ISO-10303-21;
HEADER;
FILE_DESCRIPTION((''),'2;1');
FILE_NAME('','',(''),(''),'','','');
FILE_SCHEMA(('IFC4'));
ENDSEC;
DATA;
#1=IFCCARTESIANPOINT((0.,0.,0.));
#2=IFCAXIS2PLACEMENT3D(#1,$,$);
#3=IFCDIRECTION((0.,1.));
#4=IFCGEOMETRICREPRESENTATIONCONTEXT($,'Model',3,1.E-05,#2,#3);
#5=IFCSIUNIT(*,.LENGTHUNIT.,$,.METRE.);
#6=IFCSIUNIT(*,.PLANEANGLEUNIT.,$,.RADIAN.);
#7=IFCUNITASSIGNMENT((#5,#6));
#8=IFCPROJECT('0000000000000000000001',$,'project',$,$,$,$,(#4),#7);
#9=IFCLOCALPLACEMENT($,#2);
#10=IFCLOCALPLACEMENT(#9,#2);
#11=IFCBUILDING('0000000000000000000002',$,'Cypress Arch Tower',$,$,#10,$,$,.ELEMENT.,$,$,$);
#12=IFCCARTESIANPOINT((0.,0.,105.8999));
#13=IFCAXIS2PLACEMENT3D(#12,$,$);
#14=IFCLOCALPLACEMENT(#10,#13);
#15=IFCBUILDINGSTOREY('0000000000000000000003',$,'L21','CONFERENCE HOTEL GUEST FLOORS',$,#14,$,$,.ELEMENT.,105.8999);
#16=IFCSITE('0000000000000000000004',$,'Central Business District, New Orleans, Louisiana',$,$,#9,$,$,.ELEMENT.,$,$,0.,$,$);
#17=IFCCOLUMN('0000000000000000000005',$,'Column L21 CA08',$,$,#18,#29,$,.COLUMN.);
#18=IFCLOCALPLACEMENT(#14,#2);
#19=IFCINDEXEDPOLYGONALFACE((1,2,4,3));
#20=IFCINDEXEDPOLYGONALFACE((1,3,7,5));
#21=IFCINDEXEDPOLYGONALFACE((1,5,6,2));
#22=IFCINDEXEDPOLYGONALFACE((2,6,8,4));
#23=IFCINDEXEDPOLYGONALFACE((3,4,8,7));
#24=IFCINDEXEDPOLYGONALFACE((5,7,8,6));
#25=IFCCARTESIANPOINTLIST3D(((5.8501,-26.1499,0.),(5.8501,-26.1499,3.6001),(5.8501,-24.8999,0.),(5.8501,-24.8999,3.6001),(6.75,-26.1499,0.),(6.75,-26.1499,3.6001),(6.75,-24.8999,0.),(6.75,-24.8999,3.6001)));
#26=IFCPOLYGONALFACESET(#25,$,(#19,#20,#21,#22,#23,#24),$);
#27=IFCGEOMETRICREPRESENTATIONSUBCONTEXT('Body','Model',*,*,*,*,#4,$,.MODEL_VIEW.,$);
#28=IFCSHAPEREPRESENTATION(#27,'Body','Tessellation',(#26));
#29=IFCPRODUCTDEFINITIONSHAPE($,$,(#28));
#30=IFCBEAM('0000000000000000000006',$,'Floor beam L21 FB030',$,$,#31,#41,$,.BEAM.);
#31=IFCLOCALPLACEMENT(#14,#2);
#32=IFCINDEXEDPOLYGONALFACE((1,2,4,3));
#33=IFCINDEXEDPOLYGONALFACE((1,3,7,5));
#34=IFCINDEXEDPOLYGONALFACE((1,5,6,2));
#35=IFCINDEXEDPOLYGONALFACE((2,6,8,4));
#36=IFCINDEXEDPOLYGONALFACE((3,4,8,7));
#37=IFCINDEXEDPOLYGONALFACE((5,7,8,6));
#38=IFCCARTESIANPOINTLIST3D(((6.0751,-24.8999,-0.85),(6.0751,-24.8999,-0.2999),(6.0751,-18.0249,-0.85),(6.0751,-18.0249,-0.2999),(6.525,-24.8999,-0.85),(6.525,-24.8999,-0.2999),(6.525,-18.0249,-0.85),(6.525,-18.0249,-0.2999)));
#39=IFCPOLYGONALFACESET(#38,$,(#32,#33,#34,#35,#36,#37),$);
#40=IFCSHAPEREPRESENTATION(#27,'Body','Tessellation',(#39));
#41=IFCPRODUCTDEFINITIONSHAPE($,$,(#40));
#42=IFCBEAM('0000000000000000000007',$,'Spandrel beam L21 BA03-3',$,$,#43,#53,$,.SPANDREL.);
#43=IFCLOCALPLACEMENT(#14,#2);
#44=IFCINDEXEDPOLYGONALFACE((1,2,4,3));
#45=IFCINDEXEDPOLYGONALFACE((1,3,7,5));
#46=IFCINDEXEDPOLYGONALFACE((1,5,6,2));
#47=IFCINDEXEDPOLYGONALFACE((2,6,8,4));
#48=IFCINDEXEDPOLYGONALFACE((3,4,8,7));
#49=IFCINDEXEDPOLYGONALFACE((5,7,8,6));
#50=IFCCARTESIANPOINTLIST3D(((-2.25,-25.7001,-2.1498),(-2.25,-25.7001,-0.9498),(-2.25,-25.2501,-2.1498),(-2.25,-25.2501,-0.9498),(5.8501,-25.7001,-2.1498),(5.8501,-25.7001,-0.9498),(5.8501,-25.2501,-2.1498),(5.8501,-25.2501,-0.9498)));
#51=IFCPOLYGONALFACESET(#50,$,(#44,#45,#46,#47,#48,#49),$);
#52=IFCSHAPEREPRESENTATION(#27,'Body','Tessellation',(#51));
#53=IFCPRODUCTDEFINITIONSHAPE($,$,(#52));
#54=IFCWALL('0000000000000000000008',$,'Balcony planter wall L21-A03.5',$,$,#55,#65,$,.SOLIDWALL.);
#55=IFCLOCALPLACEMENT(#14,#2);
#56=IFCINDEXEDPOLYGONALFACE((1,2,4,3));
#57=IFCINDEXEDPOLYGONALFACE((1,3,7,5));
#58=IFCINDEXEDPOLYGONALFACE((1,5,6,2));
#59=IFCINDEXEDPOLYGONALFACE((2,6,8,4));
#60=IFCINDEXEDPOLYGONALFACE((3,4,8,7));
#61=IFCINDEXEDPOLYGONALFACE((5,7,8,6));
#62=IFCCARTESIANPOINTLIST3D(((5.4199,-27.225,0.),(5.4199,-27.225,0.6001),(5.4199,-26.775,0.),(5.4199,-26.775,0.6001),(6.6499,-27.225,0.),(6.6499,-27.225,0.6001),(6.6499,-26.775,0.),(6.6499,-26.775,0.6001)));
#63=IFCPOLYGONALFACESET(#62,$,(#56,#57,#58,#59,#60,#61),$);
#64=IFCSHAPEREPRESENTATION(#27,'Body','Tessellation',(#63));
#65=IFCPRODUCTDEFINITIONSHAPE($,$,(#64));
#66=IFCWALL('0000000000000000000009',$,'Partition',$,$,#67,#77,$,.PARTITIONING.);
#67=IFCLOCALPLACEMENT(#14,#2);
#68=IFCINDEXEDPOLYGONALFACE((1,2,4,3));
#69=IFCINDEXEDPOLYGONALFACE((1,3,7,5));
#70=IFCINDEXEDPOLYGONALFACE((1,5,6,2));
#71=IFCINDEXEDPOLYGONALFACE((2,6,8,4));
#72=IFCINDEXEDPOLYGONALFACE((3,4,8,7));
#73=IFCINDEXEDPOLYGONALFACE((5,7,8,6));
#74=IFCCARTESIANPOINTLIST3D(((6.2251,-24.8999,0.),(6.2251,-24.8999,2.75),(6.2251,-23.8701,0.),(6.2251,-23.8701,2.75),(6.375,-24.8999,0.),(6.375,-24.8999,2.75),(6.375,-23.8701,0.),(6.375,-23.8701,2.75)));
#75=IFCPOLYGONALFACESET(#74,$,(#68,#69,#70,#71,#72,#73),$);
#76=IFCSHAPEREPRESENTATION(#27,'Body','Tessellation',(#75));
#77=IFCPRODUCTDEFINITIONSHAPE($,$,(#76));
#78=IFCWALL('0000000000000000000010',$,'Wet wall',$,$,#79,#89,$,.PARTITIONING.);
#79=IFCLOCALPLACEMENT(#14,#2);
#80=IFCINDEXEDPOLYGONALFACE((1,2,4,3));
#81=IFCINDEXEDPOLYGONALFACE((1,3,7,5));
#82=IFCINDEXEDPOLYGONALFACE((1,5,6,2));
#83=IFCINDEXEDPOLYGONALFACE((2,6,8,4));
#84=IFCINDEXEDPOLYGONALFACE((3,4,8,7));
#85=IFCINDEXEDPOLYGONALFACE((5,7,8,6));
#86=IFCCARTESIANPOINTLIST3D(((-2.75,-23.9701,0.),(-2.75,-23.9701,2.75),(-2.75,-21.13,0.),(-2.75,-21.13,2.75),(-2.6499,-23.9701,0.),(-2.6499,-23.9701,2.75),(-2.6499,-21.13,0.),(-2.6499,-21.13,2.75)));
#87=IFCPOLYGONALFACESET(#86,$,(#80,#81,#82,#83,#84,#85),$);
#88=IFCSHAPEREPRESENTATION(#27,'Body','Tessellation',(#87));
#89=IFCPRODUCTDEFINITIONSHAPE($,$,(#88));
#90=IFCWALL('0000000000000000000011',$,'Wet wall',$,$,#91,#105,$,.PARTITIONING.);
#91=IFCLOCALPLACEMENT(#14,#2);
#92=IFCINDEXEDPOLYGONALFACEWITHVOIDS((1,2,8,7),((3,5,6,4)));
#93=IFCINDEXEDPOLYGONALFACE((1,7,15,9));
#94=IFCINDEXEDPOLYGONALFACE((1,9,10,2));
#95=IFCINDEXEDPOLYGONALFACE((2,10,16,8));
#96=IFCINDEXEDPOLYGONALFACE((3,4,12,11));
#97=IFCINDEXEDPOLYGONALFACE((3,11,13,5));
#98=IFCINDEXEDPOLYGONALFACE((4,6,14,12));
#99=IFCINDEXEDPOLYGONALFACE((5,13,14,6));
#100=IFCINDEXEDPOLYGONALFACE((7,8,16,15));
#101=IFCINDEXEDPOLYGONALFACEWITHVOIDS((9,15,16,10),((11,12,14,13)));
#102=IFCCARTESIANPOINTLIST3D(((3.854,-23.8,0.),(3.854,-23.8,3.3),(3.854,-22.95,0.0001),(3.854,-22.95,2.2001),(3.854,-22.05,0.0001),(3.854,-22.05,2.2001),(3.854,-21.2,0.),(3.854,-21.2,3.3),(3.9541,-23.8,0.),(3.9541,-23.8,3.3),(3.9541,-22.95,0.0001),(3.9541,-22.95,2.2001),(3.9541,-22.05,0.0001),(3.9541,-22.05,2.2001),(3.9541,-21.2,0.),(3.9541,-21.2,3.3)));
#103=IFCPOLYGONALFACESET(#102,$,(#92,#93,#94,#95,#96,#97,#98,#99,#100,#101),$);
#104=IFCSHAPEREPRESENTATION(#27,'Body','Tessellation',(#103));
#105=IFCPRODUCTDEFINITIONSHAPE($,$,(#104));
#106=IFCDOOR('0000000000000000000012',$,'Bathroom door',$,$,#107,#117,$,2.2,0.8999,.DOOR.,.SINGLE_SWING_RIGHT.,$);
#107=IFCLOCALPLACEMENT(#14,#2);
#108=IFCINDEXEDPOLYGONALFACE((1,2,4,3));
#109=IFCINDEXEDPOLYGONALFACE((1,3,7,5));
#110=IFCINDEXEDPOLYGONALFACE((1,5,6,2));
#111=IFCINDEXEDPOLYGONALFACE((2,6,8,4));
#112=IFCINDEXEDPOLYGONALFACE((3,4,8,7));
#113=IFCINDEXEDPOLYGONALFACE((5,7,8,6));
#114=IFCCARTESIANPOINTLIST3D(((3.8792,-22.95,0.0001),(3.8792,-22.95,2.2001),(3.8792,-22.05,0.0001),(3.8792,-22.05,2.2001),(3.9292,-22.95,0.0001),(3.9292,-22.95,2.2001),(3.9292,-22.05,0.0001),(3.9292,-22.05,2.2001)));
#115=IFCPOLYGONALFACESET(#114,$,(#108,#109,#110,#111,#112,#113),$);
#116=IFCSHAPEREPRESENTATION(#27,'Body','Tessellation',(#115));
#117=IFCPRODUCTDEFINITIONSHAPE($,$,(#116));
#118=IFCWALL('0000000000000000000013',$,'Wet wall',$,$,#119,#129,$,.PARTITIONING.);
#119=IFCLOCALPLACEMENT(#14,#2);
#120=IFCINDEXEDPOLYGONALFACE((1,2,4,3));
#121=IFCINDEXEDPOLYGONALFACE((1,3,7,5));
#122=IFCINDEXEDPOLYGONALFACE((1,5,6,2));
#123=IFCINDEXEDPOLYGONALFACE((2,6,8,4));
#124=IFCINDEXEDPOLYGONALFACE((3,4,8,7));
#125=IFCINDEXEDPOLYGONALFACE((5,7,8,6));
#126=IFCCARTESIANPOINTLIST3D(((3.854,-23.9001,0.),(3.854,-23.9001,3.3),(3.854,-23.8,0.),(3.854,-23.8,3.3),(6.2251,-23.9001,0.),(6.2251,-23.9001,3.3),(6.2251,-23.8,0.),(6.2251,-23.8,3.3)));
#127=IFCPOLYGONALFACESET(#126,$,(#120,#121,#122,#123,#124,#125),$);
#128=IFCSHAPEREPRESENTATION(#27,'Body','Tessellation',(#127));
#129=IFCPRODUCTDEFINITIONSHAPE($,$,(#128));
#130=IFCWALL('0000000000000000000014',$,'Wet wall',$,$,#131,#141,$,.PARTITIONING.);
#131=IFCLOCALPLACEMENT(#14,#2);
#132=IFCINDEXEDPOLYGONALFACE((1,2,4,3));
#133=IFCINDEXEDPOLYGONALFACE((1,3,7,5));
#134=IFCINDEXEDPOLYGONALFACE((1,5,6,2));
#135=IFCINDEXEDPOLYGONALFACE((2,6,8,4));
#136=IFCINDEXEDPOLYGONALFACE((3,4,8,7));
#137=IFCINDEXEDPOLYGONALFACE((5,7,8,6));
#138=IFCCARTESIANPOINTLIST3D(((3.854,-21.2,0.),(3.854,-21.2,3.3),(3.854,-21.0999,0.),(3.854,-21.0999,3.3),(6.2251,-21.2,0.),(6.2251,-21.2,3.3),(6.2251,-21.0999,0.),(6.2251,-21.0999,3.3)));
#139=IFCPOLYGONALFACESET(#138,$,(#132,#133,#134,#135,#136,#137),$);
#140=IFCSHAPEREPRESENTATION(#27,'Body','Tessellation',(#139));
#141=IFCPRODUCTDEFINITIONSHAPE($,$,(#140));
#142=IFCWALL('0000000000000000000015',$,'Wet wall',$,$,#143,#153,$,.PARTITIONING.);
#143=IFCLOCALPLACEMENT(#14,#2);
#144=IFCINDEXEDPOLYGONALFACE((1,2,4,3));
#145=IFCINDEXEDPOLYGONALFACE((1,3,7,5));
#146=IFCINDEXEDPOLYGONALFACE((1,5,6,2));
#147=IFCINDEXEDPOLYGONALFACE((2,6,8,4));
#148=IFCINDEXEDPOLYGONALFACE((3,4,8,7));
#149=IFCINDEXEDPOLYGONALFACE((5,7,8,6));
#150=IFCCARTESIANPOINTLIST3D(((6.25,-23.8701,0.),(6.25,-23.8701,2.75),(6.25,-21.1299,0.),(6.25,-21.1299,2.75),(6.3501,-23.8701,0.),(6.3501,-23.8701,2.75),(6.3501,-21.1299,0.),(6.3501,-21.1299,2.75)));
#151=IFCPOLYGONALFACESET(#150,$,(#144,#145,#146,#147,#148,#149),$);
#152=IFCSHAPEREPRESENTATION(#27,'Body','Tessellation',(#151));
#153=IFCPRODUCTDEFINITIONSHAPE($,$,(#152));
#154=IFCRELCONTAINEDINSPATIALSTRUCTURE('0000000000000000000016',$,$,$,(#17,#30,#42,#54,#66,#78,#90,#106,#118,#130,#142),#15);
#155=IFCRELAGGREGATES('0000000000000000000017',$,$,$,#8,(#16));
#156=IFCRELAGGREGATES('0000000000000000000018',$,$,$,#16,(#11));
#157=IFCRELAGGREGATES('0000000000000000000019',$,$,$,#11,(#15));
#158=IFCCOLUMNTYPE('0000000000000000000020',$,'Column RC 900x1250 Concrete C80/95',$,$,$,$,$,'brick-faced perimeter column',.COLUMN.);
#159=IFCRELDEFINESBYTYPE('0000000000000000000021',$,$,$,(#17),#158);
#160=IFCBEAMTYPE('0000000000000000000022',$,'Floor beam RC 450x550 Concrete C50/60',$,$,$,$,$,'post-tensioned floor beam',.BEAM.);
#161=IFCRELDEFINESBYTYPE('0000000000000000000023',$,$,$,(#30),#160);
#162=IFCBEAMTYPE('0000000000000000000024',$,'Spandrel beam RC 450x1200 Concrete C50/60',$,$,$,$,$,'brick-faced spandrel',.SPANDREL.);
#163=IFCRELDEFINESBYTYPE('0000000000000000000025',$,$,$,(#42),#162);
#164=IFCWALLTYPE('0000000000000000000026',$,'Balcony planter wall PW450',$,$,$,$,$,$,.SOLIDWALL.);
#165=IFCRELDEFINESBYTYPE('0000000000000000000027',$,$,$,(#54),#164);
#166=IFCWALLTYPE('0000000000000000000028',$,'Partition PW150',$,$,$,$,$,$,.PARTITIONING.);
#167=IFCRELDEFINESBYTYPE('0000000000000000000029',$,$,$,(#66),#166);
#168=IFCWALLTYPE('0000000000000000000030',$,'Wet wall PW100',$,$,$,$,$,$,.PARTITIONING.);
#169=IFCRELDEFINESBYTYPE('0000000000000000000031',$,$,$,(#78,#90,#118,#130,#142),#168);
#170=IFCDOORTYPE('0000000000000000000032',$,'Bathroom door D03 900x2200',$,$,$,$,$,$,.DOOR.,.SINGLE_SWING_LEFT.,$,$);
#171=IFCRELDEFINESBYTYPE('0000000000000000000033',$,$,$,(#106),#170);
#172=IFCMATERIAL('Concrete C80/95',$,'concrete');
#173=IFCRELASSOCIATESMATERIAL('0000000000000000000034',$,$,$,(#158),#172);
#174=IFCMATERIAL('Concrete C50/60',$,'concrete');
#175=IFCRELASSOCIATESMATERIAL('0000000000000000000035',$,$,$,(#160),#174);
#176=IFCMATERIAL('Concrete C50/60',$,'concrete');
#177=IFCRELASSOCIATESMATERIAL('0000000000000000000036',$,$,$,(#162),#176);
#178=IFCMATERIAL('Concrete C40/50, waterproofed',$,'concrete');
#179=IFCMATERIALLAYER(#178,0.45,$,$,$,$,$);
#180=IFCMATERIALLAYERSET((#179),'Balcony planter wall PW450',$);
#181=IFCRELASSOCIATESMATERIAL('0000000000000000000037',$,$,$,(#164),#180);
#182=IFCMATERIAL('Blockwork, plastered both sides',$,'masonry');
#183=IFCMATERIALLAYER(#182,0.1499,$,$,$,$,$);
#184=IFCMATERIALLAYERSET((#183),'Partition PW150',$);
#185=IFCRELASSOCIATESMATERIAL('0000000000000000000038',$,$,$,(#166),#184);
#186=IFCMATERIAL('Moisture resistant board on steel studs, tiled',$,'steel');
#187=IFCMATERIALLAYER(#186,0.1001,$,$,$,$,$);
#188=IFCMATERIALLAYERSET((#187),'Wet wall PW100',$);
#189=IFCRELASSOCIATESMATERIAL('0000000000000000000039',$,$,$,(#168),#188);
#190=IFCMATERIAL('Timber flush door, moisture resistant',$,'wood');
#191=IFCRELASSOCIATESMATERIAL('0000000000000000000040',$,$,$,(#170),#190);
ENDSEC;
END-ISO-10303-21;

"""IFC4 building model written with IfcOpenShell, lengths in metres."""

from ifc_helpers import new_model, si_unit, direction, frame, frame_2d, origin, origin_2d, place, context, subcontext, project, spatial, rectangle, extrude, material, layer, layer_set, material_profile, profile_set, type_object, element, fill, save


model = new_model("IFC4")

# Units and contexts
model_context = context("Model", 3, precision=1e-05, world=origin(), true_north=direction((0.0, 1.0)))
body_context = subcontext(model_context, "Body", "Model", "MODEL_VIEW")
ifc_project = project(units=[si_unit("LENGTHUNIT", "METRE"), si_unit("PLANEANGLEUNIT", "RADIAN")], contexts=[model_context])

# Site, building, storey
site_placement = place(None, origin())
site = spatial("IfcSite", under=ifc_project, at=site_placement, Name="Central Business District, New Orleans, Louisiana", CompositionType="ELEMENT", RefElevation=0.0)
building_placement = place(site_placement, origin())
building = spatial("IfcBuilding", under=site, at=building_placement, Name="Cypress Arch Tower", CompositionType="ELEMENT")
storey_placement = place(building_placement, frame((0.0, 0.0, 105.8999)))
storey = spatial("IfcBuildingStorey", under=building, at=storey_placement, Name="L21", Description="CONFERENCE HOTEL GUEST FLOORS", CompositionType="ELEMENT", Elevation=105.8999)

# Column
ifc_material_1 = material(Name="Concrete C80/95", Category="concrete")
ifc_material_profile_1 = material_profile(ifc_material_1, rectangle(XDim=0.8999, YDim=1.25, at=origin_2d()), Name="RC 900x1250")
ifc_profile_set_1 = profile_set([ifc_material_profile_1], Name="Concrete C80/95")
column_type = type_object("IfcColumnType", Name="Column RC 900x1250 Concrete C80/95", ElementType="brick-faced perimeter column", PredefinedType="COLUMN", material=ifc_profile_set_1)
column_placement = place(storey_placement, frame((6.3, -25.5249, 0.0), z_axis=(0.0, 0.0, 1.0), x_axis=(1.0, 0.0, 0.0)))
element("IfcColumn", 1, at=column_placement, inside=storey, type_object=column_type, Name="Column L21 CA08", PredefinedType="COLUMN", context=body_context, shape_type="SweptSolid", body=[
    extrude(rectangle(XDim=0.8999, YDim=1.25, at=origin_2d()), origin(), (0.0, 0.0, 1.0), 3.6001),
])

# Beams
ifc_material_2 = material(Name="Concrete C50/60", Category="concrete")
ifc_material_profile_2 = material_profile(ifc_material_2, rectangle(XDim=0.45, YDim=0.55, at=origin_2d()), Name="RC 450x550")
ifc_profile_set_2 = profile_set([ifc_material_profile_2], Name="Concrete C50/60")
beam_type_1 = type_object("IfcBeamType", Name="Floor beam RC 450x550 Concrete C50/60", ElementType="post-tensioned floor beam", PredefinedType="BEAM", material=ifc_profile_set_2)
beam_1_placement = place(storey_placement, frame((6.3, -24.8999, -0.575), z_axis=(0.0, 1.0, 0.0), x_axis=(-1.0, 0.0, 0.0)))
element("IfcBeam", 2, at=beam_1_placement, inside=storey, type_object=beam_type_1, Name="Floor beam L21 FB030", PredefinedType="BEAM", context=body_context, shape_type="SweptSolid", body=[
    extrude(rectangle(XDim=0.45, YDim=0.55, at=origin_2d()), origin(), (0.0, 0.0, 1.0), 6.875),
])
ifc_material_3 = material(Name="Concrete C50/60", Category="concrete")
ifc_material_profile_3 = material_profile(ifc_material_3, rectangle(XDim=0.45, YDim=1.2, at=origin_2d()), Name="RC 450x1200")
ifc_profile_set_3 = profile_set([ifc_material_profile_3], Name="Concrete C50/60")
beam_type_2 = type_object("IfcBeamType", Name="Spandrel beam RC 450x1200 Concrete C50/60", ElementType="brick-faced spandrel", PredefinedType="SPANDREL", material=ifc_profile_set_3)
beam_2_placement = place(storey_placement, frame((-2.25, -25.4751, -1.5498), z_axis=(1.0, 0.0, 0.0), x_axis=(0.0, 1.0, 0.0)))
element("IfcBeam", 3, at=beam_2_placement, inside=storey, type_object=beam_type_2, Name="Spandrel beam L21 BA03-3", PredefinedType="SPANDREL", context=body_context, shape_type="SweptSolid", body=[
    extrude(rectangle(XDim=0.45, YDim=1.2, at=origin_2d()), origin(), (0.0, 0.0, 1.0), 8.1001),
])

# Wall
ifc_material_4 = material(Name="Concrete C40/50, waterproofed", Category="concrete")
ifc_layer_1 = layer(ifc_material_4, 0.45)
ifc_layer_set_1 = layer_set([ifc_layer_1], Name="Balcony planter wall PW450")
wall_type_1 = type_object("IfcWallType", Name="Balcony planter wall PW450", PredefinedType="SOLIDWALL", material=ifc_layer_set_1)
wall_1_placement = place(storey_placement, frame((5.4199, -27.0, 0.0), z_axis=(0.0, 0.0, 1.0), x_axis=(1.0, 0.0, 0.0)))
element("IfcWall", 4, at=wall_1_placement, inside=storey, type_object=wall_type_1, Name="Balcony planter wall L21-A03.5", PredefinedType="SOLIDWALL", context=body_context, shape_type="SweptSolid", body=[
    extrude(rectangle(XDim=1.23, YDim=0.45, at=frame_2d((0.615, 0.0))), origin(), (0.0, 0.0, 1.0), 0.6001),
])

# Walls
ifc_material_5 = material(Name="Blockwork, plastered both sides", Category="masonry")
ifc_layer_2 = layer(ifc_material_5, 0.1499)
ifc_layer_set_2 = layer_set([ifc_layer_2], Name="Partition PW150")
wall_type_2 = type_object("IfcWallType", Name="Partition PW150", PredefinedType="PARTITIONING", material=ifc_layer_set_2)
wall_2_placement = place(storey_placement, frame((6.3, -24.8999, 0.0), z_axis=(0.0, 0.0, 1.0), x_axis=(0.0, 1.0, 0.0)))
element("IfcWall", 5, at=wall_2_placement, inside=storey, type_object=wall_type_2, Name="Partition", PredefinedType="PARTITIONING", context=body_context, shape_type="SweptSolid", body=[
    extrude(rectangle(XDim=1.0298, YDim=0.1499, at=frame_2d((0.5149, 0.0))), origin(), (0.0, 0.0, 1.0), 2.75),
])
ifc_material_6 = material(Name="Moisture resistant board on steel studs, tiled", Category="steel")
ifc_layer_3 = layer(ifc_material_6, 0.1001)
ifc_layer_set_3 = layer_set([ifc_layer_3], Name="Wet wall PW100")
wall_type_3 = type_object("IfcWallType", Name="Wet wall PW100", PredefinedType="PARTITIONING", material=ifc_layer_set_3)
wall_3_placement = place(storey_placement, frame((-2.7, -23.97, 0.0), z_axis=(0.0, 0.0, 1.0), x_axis=(0.0, 1.0, 0.0)))
element("IfcWall", 6, at=wall_3_placement, inside=storey, type_object=wall_type_3, Name="Wet wall", PredefinedType="PARTITIONING", context=body_context, shape_type="SweptSolid", body=[
    extrude(rectangle(XDim=2.8401, YDim=0.1001, at=frame_2d((1.4199, 0.0))), origin(), (0.0, 0.0, 1.0), 2.75),
])

# Wall, opening, door
wall_4_placement = place(storey_placement, frame((3.9041, -23.8, 0.0), z_axis=(0.0, 0.0, 1.0), x_axis=(0.0, 1.0, 0.0)))
wall_4 = element("IfcWall", 7, at=wall_4_placement, inside=storey, type_object=wall_type_3, Name="Wet wall", PredefinedType="PARTITIONING", context=body_context, shape_type="SweptSolid", body=[
    extrude(rectangle(XDim=2.6001, YDim=0.1001, at=frame_2d((1.3, 0.0))), origin(), (0.0, 0.0, 1.0), 3.3),
])
opening_1_placement = place(wall_4_placement, frame((0.8501, 0.0, 0.0)))
opening_1 = element("IfcOpeningElement", 8, at=opening_1_placement, cuts=wall_4, PredefinedType="OPENING", context=body_context, shape_type="SweptSolid", body=[
    extrude(rectangle(XDim=0.8999, YDim=2.2, at=frame_2d((0.45, 1.1001))), frame((0.0, 0.0601, 0.0), z_axis=(0.0, -1.0, 0.0), x_axis=(1.0, 0.0, 0.0)), (0.0, 0.0, 1.0), 0.1201),
])
ifc_material_7 = material(Name="Timber flush door, moisture resistant", Category="wood")
door_type_1 = type_object("IfcDoorType", Name="Bathroom door D03 900x2200", OperationType="SINGLE_SWING_LEFT", PredefinedType="DOOR", material=ifc_material_7)
door_1_placement = place(opening_1_placement, origin())
door_1 = element("IfcDoor", 9, at=door_1_placement, inside=storey, type_object=door_type_1, Name="Bathroom door", OperationType="SINGLE_SWING_RIGHT", OverallHeight=2.2, OverallWidth=0.8999, PredefinedType="DOOR", context=body_context, shape_type="SweptSolid", body=[
    extrude(rectangle(XDim=0.8999, YDim=2.2, at=frame_2d((0.45, 1.1001))), frame((0.0, 0.0249, 0.0), z_axis=(0.0, -1.0, 0.0), x_axis=(1.0, 0.0, 0.0)), (0.0, 0.0, 1.0), 0.05),
])
fill(opening_1, door_1)

# Walls
for number, where, z_axis, x_axis, name in (
    (10, (3.854, -23.8501, 0.0), (0.0, 0.0, 1.0), (1.0, 0.0, 0.0), "Wet wall"),
    (11, (3.854, -21.1499, 0.0), (0.0, 0.0, 1.0), (1.0, 0.0, 0.0), "Wet wall"),
):
    element("IfcWall", number, at=place(storey_placement, frame(where, z_axis=z_axis, x_axis=x_axis)), inside=storey, type_object=wall_type_3, Name=name, PredefinedType="PARTITIONING", context=body_context, shape_type="SweptSolid", body=[
        extrude(rectangle(XDim=2.3711, YDim=0.1001, at=frame_2d((1.1855, 0.0))), origin(), (0.0, 0.0, 1.0), 3.3),
    ])
wall_5_placement = place(storey_placement, frame((6.3, -23.8701, 0.0), z_axis=(0.0, 0.0, 1.0), x_axis=(0.0, 1.0, 0.0)))
element("IfcWall", 12, at=wall_5_placement, inside=storey, type_object=wall_type_3, Name="Wet wall", PredefinedType="PARTITIONING", context=body_context, shape_type="SweptSolid", body=[
    extrude(rectangle(XDim=2.7402, YDim=0.1001, at=frame_2d((1.3701, 0.0))), origin(), (0.0, 0.0, 1.0), 2.75),
])

save(model, "model.ifc")
